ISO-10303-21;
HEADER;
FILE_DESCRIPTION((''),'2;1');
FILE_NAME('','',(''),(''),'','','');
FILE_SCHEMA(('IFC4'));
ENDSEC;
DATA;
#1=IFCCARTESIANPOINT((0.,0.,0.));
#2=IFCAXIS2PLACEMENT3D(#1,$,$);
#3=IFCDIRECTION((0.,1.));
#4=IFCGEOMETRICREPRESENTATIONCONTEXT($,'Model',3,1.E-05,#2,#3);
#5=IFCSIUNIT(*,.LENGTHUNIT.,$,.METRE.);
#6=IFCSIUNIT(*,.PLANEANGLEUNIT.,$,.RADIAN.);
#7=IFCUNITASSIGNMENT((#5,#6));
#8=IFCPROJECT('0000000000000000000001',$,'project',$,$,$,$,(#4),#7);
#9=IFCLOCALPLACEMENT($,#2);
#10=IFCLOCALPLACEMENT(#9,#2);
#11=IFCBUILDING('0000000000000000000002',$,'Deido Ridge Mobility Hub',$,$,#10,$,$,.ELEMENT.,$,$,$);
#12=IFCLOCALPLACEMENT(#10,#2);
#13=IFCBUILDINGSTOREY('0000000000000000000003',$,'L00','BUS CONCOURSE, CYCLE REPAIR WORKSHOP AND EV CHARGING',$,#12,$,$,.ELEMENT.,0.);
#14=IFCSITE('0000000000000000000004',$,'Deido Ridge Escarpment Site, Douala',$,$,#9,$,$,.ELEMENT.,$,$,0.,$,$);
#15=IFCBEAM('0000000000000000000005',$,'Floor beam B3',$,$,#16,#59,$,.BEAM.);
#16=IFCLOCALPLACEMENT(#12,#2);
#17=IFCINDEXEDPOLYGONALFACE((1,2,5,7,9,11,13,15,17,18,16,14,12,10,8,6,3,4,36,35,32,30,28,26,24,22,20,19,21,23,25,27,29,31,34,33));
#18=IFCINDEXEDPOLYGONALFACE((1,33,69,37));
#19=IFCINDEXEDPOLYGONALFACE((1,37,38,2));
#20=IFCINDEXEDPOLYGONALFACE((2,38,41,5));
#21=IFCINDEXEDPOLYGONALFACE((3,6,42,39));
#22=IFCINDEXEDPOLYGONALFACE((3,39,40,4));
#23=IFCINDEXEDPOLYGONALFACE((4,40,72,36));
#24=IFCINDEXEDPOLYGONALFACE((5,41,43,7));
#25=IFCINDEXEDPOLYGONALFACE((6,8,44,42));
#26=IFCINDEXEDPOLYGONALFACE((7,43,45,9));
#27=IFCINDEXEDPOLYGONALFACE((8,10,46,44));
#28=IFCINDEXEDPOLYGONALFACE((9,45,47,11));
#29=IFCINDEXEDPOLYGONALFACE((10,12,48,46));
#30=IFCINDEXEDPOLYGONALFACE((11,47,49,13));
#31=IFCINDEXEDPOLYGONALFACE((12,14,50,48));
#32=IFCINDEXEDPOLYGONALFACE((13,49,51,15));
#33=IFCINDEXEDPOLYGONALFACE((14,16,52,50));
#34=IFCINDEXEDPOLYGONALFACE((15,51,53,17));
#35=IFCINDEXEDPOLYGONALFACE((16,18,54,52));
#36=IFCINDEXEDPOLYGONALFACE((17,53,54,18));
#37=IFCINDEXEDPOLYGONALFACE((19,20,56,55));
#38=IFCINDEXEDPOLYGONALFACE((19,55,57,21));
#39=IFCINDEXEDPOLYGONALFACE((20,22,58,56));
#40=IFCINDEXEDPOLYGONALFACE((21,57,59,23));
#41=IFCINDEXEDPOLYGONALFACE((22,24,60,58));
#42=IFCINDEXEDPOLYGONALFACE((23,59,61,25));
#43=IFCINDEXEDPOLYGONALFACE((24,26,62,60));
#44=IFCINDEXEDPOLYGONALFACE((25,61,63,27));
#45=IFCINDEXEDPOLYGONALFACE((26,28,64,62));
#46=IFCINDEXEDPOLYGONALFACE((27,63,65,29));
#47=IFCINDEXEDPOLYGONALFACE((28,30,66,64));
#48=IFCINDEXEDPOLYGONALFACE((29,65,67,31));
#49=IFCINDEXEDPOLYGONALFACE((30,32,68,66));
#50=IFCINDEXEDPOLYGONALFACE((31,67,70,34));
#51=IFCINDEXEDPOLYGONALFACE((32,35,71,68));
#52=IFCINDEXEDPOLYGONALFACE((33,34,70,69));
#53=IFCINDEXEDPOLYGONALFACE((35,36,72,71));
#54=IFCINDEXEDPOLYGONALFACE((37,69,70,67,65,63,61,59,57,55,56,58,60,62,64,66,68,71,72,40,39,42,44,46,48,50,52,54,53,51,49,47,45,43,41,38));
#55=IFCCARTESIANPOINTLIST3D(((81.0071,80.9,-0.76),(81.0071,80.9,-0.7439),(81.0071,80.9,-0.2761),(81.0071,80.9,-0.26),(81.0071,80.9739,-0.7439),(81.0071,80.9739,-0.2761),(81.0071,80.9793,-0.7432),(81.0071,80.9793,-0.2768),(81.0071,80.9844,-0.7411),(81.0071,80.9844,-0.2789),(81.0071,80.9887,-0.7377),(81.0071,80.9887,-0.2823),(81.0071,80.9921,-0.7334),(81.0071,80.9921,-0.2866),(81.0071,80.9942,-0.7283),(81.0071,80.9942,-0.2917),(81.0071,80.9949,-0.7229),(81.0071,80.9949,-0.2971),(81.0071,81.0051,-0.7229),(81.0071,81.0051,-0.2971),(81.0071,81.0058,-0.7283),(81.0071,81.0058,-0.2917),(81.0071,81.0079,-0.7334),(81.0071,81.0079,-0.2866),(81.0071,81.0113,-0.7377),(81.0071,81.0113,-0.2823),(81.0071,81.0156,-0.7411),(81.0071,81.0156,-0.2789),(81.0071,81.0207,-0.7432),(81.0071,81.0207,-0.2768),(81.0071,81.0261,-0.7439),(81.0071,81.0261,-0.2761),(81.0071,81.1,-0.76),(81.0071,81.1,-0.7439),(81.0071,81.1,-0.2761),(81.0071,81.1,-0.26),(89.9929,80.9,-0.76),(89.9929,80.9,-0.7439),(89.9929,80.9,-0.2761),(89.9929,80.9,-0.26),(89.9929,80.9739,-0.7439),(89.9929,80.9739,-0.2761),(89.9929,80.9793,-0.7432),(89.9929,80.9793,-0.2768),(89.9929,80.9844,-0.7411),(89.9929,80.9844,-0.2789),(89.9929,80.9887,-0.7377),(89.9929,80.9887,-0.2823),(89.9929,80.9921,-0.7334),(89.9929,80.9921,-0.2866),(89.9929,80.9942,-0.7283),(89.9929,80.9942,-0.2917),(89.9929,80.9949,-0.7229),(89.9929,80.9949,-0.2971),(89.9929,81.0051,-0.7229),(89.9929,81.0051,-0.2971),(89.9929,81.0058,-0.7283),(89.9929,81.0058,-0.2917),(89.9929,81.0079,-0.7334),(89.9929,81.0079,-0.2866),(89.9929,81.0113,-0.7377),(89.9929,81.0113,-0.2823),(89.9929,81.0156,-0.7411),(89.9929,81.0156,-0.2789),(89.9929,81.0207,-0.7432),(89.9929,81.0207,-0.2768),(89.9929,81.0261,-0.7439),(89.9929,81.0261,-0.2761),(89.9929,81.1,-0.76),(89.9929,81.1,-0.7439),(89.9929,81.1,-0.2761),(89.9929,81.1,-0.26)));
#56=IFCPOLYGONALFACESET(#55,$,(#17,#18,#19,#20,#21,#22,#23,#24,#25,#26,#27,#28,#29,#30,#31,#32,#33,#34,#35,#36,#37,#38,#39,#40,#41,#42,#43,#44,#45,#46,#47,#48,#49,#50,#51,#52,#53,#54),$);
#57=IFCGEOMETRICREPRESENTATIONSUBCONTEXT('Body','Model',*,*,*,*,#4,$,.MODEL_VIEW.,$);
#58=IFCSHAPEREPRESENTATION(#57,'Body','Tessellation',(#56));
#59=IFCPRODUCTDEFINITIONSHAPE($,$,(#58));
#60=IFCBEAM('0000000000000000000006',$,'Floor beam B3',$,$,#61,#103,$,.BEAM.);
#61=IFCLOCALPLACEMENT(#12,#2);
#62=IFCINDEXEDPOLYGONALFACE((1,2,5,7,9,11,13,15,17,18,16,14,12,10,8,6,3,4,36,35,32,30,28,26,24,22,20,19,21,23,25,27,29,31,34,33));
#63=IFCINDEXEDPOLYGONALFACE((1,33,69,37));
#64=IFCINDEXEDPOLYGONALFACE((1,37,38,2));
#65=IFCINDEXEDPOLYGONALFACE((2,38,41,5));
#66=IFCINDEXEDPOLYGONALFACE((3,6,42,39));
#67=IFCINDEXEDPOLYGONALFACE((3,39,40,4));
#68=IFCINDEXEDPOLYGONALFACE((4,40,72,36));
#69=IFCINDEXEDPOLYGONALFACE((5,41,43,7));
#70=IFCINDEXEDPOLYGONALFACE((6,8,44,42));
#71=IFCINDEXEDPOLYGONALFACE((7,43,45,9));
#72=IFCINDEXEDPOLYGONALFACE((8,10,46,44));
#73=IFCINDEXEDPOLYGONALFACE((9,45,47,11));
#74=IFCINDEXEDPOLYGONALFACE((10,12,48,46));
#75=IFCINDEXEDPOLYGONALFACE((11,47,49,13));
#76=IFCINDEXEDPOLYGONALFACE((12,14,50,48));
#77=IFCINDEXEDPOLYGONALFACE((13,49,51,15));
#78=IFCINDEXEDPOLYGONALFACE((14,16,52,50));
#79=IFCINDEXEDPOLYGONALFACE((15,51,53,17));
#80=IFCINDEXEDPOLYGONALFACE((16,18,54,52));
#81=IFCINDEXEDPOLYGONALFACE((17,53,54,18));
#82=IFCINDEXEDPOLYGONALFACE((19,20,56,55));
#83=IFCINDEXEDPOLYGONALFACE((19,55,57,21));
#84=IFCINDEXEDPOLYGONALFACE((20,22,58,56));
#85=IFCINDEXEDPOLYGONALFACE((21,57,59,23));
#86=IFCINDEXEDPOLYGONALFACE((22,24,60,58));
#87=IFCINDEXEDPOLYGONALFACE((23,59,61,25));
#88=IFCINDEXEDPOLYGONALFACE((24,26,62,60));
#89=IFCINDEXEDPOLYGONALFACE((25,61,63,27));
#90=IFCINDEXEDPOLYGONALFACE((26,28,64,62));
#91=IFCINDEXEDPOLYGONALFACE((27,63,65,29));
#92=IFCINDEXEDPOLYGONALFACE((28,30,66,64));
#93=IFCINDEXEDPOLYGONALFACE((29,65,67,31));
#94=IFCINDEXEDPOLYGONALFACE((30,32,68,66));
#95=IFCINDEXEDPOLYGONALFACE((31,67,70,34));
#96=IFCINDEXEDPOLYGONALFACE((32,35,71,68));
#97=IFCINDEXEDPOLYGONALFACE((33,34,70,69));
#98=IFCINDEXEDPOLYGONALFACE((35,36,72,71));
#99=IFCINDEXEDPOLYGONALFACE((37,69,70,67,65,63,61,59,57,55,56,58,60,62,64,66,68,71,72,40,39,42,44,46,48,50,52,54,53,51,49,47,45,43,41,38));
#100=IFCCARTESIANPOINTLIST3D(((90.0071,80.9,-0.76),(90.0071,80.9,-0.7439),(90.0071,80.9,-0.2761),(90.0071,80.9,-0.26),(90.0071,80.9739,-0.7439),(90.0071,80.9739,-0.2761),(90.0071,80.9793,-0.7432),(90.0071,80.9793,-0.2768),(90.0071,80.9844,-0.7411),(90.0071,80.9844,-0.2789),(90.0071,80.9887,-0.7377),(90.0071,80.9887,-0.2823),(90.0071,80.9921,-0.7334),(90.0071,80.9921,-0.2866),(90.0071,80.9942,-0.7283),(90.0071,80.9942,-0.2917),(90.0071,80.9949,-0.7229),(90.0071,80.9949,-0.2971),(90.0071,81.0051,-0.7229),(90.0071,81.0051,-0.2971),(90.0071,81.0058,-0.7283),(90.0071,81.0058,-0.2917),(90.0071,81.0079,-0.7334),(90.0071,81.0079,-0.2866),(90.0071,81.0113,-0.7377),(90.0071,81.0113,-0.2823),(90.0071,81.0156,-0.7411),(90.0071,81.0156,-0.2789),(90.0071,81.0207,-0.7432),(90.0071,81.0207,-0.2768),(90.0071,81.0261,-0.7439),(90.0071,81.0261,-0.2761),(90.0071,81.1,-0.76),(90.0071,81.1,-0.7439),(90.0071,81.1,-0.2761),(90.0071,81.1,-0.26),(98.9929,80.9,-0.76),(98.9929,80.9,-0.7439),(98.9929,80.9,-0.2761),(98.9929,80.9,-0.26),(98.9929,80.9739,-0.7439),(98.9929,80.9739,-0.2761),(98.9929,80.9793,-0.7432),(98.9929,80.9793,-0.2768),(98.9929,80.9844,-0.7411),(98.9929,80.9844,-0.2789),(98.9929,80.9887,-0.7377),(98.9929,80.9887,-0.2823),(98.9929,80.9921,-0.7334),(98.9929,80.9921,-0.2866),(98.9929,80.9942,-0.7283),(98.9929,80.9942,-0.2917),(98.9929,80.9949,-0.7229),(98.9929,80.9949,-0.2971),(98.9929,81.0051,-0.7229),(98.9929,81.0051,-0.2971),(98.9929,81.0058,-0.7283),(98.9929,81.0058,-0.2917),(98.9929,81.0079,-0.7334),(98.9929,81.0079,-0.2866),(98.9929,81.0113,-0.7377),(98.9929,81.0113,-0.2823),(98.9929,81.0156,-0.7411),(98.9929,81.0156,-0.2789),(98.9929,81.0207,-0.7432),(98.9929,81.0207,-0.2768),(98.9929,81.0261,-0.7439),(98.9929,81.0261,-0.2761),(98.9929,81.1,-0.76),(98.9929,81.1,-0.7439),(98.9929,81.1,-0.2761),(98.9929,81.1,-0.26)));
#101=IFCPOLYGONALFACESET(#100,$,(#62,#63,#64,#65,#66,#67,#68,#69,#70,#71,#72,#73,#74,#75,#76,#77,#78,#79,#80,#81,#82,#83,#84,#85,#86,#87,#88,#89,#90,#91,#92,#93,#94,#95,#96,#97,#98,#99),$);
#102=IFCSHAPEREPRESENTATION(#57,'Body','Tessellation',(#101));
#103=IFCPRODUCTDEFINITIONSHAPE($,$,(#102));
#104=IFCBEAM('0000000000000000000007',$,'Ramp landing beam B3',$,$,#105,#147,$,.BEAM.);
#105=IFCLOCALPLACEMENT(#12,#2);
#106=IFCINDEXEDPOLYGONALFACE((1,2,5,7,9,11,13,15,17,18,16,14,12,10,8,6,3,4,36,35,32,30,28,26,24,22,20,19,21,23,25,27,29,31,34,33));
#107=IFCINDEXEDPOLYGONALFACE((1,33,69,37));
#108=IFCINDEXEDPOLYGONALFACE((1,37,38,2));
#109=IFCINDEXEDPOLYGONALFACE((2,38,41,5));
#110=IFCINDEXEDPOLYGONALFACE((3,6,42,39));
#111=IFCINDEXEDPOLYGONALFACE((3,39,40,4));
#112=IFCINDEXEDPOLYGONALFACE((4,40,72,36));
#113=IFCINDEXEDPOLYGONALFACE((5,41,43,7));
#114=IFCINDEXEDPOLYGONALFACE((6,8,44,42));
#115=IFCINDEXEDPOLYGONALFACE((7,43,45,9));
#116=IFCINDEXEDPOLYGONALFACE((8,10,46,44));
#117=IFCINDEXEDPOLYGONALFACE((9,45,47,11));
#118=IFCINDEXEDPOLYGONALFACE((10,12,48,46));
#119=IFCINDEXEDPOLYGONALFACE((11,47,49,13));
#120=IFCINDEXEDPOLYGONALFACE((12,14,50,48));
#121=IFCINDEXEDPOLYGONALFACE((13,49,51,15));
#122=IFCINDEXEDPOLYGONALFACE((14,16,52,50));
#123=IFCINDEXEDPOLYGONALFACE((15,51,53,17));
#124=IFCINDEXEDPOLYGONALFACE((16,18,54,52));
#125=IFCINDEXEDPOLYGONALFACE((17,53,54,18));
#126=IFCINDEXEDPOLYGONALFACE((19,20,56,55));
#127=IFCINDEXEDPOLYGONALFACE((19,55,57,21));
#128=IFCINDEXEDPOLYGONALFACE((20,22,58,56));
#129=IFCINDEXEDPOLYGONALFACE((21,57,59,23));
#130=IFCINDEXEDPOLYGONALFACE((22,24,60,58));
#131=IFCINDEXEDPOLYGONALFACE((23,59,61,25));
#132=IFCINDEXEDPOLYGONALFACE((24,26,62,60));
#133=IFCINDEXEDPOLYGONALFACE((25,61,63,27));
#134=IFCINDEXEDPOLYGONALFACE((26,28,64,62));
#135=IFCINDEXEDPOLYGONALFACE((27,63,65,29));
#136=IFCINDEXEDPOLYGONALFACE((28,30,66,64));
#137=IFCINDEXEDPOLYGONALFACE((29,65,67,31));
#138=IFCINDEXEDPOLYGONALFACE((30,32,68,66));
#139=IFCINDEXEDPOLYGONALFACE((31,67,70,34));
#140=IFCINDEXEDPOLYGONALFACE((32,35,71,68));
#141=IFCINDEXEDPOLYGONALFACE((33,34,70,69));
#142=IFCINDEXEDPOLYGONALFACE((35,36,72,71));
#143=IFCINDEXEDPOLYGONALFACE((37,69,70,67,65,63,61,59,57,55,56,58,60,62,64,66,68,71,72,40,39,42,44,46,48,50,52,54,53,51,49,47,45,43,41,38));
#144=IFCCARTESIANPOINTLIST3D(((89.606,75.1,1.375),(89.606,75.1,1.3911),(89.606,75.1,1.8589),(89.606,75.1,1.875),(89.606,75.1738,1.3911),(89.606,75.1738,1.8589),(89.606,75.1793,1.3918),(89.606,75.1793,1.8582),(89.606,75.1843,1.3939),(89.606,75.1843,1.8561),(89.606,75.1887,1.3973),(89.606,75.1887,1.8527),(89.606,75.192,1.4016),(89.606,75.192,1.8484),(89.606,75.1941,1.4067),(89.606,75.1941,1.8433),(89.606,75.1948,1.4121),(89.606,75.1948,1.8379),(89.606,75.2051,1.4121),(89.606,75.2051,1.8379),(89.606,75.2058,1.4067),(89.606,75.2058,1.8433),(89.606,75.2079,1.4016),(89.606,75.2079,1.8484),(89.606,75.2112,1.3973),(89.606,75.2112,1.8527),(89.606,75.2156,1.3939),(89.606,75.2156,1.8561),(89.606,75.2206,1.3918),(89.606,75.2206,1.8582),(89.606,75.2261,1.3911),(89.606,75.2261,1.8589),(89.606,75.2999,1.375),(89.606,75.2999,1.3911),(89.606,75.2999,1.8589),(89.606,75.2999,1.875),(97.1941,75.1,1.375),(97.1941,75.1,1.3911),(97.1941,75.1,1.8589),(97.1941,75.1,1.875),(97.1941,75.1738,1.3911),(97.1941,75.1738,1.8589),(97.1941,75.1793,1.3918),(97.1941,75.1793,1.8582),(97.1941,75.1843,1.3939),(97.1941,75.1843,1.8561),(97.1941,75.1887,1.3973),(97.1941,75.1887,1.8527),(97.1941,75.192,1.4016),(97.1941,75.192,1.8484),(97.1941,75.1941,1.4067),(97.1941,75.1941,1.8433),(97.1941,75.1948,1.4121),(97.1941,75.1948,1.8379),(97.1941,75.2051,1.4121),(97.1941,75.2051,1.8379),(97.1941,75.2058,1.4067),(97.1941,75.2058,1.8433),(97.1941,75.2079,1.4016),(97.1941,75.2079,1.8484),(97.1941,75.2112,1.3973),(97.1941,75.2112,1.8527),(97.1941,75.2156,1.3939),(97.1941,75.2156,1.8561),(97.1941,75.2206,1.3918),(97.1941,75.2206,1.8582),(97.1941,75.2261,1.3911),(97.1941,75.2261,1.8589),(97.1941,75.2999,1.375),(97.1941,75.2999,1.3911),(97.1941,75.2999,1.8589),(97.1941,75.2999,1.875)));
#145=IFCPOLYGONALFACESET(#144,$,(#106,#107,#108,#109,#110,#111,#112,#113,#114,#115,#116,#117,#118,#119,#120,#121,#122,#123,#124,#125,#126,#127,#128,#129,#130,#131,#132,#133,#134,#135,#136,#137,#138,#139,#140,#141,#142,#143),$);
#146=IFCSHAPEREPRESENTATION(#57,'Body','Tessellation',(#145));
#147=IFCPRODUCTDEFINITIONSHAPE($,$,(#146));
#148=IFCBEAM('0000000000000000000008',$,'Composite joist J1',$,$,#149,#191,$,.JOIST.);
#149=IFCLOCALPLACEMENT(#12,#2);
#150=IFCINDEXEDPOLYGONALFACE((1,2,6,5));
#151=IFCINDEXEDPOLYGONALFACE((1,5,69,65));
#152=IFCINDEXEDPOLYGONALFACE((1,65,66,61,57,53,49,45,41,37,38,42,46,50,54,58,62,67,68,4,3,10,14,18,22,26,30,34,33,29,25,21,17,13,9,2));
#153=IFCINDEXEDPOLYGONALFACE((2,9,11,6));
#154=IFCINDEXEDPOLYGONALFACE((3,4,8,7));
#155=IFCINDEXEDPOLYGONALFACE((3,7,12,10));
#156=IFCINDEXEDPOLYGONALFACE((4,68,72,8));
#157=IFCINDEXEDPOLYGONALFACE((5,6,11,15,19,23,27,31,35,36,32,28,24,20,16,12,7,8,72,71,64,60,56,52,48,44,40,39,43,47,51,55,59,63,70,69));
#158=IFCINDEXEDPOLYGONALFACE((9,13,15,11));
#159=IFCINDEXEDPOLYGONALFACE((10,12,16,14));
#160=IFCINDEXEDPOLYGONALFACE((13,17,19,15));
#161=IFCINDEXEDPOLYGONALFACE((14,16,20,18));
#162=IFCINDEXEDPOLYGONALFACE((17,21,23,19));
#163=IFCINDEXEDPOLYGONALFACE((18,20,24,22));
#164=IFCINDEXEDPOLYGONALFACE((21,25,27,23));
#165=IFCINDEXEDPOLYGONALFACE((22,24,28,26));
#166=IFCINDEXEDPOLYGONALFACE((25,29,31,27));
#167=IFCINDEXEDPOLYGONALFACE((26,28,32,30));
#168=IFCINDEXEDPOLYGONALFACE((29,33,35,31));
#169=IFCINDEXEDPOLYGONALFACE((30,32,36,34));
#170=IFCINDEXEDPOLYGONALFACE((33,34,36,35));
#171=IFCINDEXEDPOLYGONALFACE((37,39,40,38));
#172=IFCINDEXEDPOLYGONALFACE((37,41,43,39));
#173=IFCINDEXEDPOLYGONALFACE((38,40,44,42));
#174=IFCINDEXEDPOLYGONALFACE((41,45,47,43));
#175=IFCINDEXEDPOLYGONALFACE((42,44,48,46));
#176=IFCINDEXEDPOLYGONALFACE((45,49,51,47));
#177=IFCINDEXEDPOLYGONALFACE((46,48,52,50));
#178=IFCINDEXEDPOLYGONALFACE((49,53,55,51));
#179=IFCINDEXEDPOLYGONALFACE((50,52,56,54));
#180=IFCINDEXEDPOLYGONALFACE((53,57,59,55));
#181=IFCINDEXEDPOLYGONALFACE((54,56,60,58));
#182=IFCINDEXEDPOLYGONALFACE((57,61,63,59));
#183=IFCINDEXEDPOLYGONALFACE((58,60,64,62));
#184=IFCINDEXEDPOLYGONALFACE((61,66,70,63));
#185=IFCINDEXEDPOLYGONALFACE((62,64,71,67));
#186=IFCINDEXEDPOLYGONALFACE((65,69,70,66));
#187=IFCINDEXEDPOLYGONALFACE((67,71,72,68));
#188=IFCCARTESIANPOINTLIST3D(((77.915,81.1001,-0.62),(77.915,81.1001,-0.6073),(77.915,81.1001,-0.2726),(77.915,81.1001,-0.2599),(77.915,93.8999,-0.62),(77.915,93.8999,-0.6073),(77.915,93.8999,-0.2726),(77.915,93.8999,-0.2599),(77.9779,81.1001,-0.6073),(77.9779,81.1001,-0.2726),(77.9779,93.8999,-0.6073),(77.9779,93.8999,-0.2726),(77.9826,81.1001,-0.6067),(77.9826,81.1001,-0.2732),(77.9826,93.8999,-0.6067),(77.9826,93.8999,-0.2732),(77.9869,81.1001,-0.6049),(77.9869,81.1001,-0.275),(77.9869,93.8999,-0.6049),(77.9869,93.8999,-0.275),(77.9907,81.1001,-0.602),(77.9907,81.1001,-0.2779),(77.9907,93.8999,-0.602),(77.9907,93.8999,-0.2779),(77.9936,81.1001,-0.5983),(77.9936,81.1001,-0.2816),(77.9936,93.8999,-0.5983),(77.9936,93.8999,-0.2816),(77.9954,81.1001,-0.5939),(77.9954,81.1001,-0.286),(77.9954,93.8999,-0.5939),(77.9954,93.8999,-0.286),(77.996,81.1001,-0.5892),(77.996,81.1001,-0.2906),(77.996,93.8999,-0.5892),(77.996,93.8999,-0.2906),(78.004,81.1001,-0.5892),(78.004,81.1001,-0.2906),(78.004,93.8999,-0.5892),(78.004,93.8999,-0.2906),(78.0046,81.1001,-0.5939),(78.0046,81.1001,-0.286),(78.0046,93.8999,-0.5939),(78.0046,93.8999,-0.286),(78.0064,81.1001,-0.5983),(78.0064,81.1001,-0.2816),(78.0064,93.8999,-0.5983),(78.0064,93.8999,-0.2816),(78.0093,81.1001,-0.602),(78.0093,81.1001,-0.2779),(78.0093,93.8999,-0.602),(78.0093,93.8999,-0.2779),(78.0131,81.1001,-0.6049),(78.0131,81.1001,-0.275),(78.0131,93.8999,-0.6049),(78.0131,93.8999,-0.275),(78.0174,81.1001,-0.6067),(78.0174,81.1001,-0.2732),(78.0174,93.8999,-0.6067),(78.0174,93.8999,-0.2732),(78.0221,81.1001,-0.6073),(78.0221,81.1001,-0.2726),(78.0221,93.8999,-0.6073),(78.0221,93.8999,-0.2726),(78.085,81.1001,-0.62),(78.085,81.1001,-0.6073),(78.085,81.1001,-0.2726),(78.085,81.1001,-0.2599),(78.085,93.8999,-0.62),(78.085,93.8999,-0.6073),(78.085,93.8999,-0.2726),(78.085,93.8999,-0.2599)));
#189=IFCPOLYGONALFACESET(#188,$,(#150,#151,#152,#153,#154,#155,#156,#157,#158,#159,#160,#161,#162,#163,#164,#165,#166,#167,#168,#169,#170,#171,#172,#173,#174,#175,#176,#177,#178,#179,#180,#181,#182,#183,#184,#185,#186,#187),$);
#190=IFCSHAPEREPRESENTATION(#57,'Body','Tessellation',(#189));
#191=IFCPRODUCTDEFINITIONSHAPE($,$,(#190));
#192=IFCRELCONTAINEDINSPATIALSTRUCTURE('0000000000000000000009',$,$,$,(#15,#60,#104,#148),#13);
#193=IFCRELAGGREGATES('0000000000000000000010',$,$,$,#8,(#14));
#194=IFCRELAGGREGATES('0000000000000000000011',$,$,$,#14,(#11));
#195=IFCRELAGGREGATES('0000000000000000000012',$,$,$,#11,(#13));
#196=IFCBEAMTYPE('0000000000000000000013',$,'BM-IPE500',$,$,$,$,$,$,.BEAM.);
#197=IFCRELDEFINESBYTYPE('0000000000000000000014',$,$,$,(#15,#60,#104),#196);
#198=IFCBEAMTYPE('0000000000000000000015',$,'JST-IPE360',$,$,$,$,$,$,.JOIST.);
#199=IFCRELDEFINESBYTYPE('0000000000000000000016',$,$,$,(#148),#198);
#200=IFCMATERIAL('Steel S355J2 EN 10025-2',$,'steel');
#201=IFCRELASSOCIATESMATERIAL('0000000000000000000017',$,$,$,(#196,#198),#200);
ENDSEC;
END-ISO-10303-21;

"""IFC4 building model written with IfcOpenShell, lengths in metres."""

from ifc_helpers import new_model, si_unit, direction, frame, origin, origin_2d, place, context, subcontext, project, spatial, i_section, extrude, material, material_profile, profile_set, type_object, element, save


model = new_model("IFC4")

# Units and contexts
model_context = context("Model", 3, precision=1e-05, world=origin(), true_north=direction((0.0, 1.0)))
body_context = subcontext(model_context, "Body", "Model", "MODEL_VIEW")
ifc_project = project(units=[si_unit("LENGTHUNIT", "METRE"), si_unit("PLANEANGLEUNIT", "RADIAN")], contexts=[model_context])

# Site, building, storey
site_placement = place(None, origin())
site = spatial("IfcSite", under=ifc_project, at=site_placement, Name="Deido Ridge Escarpment Site, Douala", CompositionType="ELEMENT", RefElevation=0.0)
building_placement = place(site_placement, origin())
building = spatial("IfcBuilding", under=site, at=building_placement, Name="Deido Ridge Mobility Hub", CompositionType="ELEMENT")
storey_placement = place(building_placement, origin())
storey = spatial("IfcBuildingStorey", under=building, at=storey_placement, Name="L00", Description="BUS CONCOURSE, CYCLE REPAIR WORKSHOP AND EV CHARGING", CompositionType="ELEMENT", Elevation=0.0)

# Shared definitions
ifc_material_1 = material(Name="Steel S355J2 EN 10025-2", Category="steel")

# Beams
ifc_material_profile_1 = material_profile(ifc_material_1, i_section(OverallWidth=0.2, OverallDepth=0.5, WebThickness=0.0103, FlangeThickness=0.0161, FilletRadius=0.021, at=origin_2d()), Name="IPE 500")
ifc_profile_set_1 = profile_set([ifc_material_profile_1], Name="Steel S355J2 EN 10025-2")
beam_type_1 = type_object("IfcBeamType", Name="BM-IPE500", PredefinedType="BEAM", material=ifc_profile_set_1)
for number, where, z_axis, x_axis, name in (
    (1, (81.0071, 81.0, -0.51), (1.0, 0.0, 0.0), (0.0, 1.0, 0.0), "Floor beam B3"),
    (2, (90.0071, 81.0, -0.51), (1.0, 0.0, 0.0), (0.0, 1.0, 0.0), "Floor beam B3"),
):
    element("IfcBeam", number, at=place(storey_placement, frame(where, z_axis=z_axis, x_axis=x_axis)), inside=storey, type_object=beam_type_1, Name=name, PredefinedType="BEAM", context=body_context, shape_type="SweptSolid", body=[
        extrude(i_section(OverallWidth=0.2, OverallDepth=0.5, WebThickness=0.0103, FlangeThickness=0.0161, FilletRadius=0.021, at=origin_2d()), origin(), (0.0, 0.0, 1.0), 8.9858),
    ])
beam_1_placement = place(storey_placement, frame((89.606, 75.2, 1.625), z_axis=(1.0, 0.0, 0.0), x_axis=(0.0, 1.0, 0.0)))
element("IfcBeam", 3, at=beam_1_placement, inside=storey, type_object=beam_type_1, Name="Ramp landing beam B3", PredefinedType="BEAM", context=body_context, shape_type="SweptSolid", body=[
    extrude(i_section(OverallWidth=0.2, OverallDepth=0.5, WebThickness=0.0103, FlangeThickness=0.0161, FilletRadius=0.021, at=origin_2d()), origin(), (0.0, 0.0, 1.0), 7.5881),
])
ifc_material_profile_2 = material_profile(ifc_material_1, i_section(OverallWidth=0.1699, OverallDepth=0.3601, WebThickness=0.0081, FlangeThickness=0.0127, FilletRadius=0.0181, at=origin_2d()), Name="IPE 360")
ifc_profile_set_2 = profile_set([ifc_material_profile_2], Name="Steel S355J2 EN 10025-2")
beam_type_2 = type_object("IfcBeamType", Name="JST-IPE360", PredefinedType="JOIST", material=ifc_profile_set_2)
beam_2_placement = place(storey_placement, frame((78.0, 81.1001, -0.4399), z_axis=(0.0, 1.0, 0.0), x_axis=(-1.0, 0.0, 0.0)))
element("IfcBeam", 4, at=beam_2_placement, inside=storey, type_object=beam_type_2, Name="Composite joist J1", PredefinedType="JOIST", context=body_context, shape_type="SweptSolid", body=[
    extrude(i_section(OverallWidth=0.1699, OverallDepth=0.3601, WebThickness=0.0081, FlangeThickness=0.0127, FilletRadius=0.0181, at=origin_2d()), origin(), (0.0, 0.0, 1.0), 12.7998),
])

save(model, "model.ifc")
